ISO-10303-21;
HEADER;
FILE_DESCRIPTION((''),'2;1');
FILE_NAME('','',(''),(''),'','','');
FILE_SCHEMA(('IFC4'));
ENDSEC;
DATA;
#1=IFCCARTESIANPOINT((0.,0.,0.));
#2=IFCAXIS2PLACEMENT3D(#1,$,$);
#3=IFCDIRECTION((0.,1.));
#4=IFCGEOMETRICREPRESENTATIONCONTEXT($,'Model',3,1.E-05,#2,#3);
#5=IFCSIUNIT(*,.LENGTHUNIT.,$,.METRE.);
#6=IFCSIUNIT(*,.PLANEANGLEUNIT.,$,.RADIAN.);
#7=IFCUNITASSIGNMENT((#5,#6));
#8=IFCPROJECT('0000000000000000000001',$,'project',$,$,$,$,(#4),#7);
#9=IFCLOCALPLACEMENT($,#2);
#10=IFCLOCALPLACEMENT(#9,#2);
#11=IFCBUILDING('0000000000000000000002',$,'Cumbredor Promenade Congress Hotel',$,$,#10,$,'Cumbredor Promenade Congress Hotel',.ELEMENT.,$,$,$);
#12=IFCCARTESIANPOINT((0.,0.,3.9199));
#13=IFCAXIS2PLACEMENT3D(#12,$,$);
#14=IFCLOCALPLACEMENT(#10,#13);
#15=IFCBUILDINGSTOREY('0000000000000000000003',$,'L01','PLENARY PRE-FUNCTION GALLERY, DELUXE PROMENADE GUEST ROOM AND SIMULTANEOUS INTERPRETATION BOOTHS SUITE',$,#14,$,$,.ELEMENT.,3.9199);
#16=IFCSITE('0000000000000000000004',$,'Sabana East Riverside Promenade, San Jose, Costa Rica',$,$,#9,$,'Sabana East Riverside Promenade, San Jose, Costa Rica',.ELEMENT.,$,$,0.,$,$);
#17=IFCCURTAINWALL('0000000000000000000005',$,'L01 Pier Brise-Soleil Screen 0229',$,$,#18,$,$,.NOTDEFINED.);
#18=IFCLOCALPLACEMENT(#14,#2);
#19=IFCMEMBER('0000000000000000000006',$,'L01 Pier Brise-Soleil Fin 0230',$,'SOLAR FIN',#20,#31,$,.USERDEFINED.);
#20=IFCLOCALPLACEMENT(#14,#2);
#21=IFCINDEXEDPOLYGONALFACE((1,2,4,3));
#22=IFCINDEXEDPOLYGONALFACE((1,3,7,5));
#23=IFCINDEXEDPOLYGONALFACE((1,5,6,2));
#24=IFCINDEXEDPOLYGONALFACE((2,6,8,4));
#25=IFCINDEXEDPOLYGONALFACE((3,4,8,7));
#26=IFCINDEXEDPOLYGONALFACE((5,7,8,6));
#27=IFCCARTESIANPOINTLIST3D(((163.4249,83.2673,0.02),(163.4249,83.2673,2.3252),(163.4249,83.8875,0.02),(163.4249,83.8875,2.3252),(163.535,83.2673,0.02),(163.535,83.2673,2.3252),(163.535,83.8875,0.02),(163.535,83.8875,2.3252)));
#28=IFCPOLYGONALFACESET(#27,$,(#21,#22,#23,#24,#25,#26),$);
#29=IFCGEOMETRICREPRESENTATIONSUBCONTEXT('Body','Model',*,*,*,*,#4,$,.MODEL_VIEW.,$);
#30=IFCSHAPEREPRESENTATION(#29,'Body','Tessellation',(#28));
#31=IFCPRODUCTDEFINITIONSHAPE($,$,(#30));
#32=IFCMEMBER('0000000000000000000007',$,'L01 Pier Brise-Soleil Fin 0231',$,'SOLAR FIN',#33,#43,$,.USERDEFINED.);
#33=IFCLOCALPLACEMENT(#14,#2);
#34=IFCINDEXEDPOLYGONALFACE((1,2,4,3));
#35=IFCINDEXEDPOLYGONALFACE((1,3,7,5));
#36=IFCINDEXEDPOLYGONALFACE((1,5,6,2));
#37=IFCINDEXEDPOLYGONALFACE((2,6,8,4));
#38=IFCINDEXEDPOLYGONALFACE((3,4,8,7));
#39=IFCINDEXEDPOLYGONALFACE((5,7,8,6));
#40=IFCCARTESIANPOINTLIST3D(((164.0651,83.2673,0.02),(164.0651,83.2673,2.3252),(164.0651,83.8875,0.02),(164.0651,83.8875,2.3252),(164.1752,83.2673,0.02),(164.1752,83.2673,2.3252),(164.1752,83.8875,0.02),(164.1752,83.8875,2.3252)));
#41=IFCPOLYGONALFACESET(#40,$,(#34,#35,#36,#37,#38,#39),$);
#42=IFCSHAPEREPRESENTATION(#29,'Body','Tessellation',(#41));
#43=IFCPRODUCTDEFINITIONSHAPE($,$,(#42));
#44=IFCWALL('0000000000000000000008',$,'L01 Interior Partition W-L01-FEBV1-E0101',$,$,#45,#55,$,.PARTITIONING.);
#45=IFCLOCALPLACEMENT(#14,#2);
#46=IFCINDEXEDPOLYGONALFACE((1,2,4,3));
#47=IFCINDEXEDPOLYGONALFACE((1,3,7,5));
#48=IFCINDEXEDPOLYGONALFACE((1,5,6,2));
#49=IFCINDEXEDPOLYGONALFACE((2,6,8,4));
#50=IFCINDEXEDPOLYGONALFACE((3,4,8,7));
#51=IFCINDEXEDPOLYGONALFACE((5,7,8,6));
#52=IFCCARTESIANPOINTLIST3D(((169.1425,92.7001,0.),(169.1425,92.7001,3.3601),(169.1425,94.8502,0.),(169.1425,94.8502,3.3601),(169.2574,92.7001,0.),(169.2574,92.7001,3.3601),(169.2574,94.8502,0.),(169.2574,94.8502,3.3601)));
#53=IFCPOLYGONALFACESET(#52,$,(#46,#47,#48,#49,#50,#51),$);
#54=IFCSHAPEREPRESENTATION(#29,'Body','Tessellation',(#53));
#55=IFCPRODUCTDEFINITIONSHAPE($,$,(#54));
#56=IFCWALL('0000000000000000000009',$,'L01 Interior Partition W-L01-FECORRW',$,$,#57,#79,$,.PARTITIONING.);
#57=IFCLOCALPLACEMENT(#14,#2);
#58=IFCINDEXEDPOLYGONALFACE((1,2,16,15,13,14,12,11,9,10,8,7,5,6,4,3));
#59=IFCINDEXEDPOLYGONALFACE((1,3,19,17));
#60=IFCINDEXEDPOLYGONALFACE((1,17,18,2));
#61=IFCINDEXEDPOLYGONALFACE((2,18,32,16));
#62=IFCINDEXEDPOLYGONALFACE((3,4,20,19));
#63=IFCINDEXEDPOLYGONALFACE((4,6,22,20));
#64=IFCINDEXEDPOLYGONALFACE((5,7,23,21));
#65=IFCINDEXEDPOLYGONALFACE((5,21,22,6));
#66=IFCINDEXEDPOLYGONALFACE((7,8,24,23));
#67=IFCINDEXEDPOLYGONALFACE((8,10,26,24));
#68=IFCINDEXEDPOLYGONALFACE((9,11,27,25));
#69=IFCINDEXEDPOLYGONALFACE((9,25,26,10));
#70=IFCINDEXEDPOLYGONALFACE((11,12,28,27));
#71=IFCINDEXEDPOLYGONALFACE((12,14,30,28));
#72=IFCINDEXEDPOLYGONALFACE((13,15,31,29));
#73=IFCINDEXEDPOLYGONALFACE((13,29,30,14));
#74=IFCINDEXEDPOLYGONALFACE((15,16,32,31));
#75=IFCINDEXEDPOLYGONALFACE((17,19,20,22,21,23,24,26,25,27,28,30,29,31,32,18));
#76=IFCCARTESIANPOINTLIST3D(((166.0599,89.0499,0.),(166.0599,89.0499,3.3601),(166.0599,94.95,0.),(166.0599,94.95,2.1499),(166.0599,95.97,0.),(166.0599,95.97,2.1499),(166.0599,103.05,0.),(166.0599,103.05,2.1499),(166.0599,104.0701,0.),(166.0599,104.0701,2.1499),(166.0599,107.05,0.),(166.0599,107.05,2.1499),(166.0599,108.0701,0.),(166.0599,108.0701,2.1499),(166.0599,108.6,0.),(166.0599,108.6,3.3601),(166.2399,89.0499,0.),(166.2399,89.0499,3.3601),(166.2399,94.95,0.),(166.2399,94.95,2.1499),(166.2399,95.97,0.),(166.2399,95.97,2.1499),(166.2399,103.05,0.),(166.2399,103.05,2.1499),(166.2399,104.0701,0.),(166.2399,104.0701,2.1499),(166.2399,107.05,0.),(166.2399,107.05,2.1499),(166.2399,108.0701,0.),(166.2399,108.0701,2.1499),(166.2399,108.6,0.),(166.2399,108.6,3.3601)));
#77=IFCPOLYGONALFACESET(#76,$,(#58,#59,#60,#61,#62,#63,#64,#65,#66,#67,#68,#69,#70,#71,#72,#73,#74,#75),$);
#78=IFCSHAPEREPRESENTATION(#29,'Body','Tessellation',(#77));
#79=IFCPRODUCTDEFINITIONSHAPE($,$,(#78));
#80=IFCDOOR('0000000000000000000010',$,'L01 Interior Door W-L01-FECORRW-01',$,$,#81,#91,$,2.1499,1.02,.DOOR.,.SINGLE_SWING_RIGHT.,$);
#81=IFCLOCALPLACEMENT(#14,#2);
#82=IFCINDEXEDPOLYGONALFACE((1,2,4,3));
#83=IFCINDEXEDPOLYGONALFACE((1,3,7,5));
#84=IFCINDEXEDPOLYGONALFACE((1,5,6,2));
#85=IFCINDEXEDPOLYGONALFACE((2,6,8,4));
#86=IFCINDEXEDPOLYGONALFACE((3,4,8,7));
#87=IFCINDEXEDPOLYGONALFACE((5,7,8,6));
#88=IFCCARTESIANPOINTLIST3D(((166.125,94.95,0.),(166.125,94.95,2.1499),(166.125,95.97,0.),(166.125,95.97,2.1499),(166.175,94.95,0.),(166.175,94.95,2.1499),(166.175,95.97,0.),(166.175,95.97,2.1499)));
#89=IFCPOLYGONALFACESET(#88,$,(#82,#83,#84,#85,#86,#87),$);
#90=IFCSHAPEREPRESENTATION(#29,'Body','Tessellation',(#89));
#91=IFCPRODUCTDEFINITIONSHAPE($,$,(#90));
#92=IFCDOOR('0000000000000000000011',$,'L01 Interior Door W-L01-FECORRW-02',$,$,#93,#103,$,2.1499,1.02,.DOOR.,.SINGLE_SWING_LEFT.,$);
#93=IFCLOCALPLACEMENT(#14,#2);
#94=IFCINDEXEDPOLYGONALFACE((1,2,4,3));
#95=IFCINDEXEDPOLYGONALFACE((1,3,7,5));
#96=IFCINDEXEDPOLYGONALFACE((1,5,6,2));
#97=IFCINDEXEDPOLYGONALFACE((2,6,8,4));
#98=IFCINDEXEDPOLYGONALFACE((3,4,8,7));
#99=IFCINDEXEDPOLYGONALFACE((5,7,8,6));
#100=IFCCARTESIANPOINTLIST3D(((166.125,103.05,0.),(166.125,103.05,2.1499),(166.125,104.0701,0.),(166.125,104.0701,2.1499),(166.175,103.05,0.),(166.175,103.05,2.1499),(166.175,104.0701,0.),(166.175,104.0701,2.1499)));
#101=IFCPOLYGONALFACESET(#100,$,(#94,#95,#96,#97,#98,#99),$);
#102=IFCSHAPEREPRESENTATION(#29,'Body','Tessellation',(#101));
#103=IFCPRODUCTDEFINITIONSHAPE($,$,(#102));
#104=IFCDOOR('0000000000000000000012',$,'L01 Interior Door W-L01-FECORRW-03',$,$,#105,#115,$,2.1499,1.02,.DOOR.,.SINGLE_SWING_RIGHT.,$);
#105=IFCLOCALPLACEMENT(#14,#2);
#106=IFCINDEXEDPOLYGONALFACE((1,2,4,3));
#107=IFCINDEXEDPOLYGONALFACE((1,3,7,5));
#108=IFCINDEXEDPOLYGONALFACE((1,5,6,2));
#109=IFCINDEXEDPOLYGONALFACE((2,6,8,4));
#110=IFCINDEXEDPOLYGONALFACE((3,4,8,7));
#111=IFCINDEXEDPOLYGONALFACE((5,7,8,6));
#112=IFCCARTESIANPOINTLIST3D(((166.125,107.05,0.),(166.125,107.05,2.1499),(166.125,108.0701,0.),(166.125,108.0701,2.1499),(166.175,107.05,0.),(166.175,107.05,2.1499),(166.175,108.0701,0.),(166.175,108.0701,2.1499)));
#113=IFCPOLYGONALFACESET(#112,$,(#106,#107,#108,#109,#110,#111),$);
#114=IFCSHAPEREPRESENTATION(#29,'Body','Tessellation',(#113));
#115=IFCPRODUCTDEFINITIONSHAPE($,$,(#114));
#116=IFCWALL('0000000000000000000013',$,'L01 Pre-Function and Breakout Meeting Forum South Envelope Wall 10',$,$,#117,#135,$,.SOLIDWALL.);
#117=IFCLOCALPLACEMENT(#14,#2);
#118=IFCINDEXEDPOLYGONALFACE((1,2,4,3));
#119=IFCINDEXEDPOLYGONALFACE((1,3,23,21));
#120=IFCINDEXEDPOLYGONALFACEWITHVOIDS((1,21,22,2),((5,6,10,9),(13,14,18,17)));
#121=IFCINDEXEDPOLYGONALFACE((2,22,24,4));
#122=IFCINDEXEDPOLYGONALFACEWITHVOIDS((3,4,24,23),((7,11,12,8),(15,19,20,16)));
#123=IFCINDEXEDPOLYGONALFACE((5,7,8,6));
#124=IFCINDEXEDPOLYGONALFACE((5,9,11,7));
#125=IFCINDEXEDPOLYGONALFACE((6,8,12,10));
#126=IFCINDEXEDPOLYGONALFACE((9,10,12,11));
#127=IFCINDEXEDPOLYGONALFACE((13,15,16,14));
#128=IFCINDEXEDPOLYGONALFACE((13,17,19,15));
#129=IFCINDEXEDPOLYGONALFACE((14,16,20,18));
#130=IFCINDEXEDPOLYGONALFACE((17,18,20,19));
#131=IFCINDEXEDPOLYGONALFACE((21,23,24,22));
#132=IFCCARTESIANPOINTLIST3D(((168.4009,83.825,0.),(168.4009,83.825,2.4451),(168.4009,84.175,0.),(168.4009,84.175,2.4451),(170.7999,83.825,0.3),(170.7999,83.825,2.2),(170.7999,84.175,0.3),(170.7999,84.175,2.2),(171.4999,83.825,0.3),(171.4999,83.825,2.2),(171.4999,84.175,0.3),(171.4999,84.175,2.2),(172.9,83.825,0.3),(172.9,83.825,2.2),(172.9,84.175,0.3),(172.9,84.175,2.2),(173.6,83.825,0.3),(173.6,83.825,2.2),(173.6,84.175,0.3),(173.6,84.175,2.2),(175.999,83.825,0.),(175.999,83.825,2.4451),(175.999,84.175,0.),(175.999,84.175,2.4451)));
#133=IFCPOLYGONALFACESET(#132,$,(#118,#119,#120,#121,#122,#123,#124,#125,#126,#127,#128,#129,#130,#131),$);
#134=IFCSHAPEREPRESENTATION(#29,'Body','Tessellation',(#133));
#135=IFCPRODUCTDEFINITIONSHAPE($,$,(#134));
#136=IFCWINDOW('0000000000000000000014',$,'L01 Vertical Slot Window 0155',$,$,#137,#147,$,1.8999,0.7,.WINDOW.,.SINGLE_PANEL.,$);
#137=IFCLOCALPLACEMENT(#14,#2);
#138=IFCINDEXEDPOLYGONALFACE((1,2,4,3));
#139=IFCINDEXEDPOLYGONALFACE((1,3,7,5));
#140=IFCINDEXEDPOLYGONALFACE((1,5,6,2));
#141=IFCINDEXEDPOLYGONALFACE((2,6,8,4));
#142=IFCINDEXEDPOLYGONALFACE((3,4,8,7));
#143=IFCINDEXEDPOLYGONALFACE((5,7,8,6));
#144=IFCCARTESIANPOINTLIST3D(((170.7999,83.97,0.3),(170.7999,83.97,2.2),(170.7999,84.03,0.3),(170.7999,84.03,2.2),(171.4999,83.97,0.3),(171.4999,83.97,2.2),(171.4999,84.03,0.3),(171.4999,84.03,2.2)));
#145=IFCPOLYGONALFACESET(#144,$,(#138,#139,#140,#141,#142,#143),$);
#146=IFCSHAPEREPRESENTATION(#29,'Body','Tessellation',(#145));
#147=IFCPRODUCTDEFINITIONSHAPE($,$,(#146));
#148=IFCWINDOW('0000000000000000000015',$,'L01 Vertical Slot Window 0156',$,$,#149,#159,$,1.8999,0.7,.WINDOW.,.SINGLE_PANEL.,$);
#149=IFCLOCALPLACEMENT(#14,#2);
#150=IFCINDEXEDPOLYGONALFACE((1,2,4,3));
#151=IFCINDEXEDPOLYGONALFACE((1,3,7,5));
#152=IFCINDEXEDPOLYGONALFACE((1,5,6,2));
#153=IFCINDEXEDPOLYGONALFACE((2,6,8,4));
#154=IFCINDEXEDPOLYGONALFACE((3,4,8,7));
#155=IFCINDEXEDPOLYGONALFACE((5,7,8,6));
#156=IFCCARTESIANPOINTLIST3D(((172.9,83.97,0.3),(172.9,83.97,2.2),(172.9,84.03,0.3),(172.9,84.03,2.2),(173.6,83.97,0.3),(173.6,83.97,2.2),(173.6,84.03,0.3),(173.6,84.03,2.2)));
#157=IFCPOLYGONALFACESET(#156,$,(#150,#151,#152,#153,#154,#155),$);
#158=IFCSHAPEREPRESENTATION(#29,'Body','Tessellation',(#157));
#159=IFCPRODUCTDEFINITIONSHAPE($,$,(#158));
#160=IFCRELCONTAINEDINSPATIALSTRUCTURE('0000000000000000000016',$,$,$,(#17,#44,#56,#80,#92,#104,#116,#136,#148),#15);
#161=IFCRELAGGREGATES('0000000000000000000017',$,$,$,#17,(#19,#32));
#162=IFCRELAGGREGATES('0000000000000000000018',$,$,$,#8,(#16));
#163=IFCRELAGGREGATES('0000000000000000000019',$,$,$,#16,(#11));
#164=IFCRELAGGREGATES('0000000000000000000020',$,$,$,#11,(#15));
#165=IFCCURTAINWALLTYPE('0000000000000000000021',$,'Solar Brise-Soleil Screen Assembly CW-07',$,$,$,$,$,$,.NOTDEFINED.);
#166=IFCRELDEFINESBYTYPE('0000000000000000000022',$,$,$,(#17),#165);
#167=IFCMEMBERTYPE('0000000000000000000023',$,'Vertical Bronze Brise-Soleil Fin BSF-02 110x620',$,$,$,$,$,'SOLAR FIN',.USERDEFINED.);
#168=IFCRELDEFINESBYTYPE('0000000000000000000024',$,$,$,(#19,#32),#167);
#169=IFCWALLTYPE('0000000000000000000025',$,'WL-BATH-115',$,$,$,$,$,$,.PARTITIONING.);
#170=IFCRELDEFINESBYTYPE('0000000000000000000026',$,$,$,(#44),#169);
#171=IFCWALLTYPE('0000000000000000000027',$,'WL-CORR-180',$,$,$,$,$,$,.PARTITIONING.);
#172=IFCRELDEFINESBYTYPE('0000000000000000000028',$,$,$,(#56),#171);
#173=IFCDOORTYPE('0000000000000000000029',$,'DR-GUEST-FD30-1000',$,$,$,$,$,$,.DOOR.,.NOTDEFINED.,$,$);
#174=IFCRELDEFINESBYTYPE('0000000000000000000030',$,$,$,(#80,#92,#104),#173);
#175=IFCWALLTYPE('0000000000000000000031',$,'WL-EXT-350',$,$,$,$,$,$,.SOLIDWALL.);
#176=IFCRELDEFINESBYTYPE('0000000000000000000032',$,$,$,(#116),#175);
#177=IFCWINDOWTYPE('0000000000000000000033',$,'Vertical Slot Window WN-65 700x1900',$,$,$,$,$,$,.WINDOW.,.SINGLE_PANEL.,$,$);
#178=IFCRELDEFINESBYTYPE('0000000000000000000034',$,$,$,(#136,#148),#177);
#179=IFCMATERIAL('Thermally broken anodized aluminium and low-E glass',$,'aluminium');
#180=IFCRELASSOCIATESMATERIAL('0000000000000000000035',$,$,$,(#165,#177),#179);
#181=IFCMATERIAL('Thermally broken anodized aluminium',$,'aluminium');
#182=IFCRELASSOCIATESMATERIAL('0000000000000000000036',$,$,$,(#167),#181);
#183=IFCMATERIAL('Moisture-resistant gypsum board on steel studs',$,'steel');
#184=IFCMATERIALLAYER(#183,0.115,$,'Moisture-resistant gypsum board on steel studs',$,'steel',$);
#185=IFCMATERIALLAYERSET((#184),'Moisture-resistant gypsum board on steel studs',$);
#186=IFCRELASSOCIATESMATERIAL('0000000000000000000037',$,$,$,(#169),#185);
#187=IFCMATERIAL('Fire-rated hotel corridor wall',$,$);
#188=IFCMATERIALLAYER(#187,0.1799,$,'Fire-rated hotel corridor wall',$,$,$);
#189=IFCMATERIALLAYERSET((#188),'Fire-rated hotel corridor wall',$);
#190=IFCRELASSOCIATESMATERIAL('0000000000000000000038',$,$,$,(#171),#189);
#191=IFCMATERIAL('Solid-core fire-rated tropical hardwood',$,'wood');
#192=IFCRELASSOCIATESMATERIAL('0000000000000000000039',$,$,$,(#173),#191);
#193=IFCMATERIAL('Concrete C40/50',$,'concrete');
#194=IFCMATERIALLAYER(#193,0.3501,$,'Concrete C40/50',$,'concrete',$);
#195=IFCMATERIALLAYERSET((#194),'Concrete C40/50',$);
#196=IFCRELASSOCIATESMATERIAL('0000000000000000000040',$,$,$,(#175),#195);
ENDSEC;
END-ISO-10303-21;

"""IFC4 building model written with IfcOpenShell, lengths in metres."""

from ifc_helpers import new_model, si_unit, direction, frame, frame_2d, origin, origin_2d, place, context, subcontext, project, spatial, rectangle, extrude, material, layer, layer_set, material_profile, profile_set, type_object, element, fill, aggregate, save


model = new_model("IFC4")

# Units and contexts
model_context = context("Model", 3, precision=1e-05, world=origin(), true_north=direction((0.0, 1.0)))
body_context = subcontext(model_context, "Body", "Model", "MODEL_VIEW")
ifc_project = project(units=[si_unit("LENGTHUNIT", "METRE"), si_unit("PLANEANGLEUNIT", "RADIAN")], contexts=[model_context])

# Site, building, storey
site_placement = place(None, origin())
site = spatial("IfcSite", under=ifc_project, at=site_placement, Name="Sabana East Riverside Promenade, San Jose, Costa Rica", LongName="Sabana East Riverside Promenade, San Jose, Costa Rica", CompositionType="ELEMENT", RefElevation=0.0)
building_placement = place(site_placement, origin())
building = spatial("IfcBuilding", under=site, at=building_placement, Name="Cumbredor Promenade Congress Hotel", LongName="Cumbredor Promenade Congress Hotel", CompositionType="ELEMENT")
storey_placement = place(building_placement, frame((0.0, 0.0, 3.9199)))
storey = spatial("IfcBuildingStorey", under=building, at=storey_placement, Name="L01", Description="PLENARY PRE-FUNCTION GALLERY, DELUXE PROMENADE GUEST ROOM AND SIMULTANEOUS INTERPRETATION BOOTHS SUITE", CompositionType="ELEMENT", Elevation=3.9199)

# Shared definitions
ifc_material_1 = material(Name="Concrete C40/50", Category="concrete")

# Curtain wall
ifc_material_2 = material(Name="Thermally broken anodized aluminium and low-E glass", Category="aluminium")
curtain_wall_type = type_object("IfcCurtainWallType", Name="Solar Brise-Soleil Screen Assembly CW-07", PredefinedType="NOTDEFINED", material=ifc_material_2)
curtain_wall_placement = place(storey_placement, origin())
curtain_wall = element("IfcCurtainWall", 1, at=curtain_wall_placement, inside=storey, type_object=curtain_wall_type, Name="L01 Pier Brise-Soleil Screen 0229", PredefinedType="NOTDEFINED")
ifc_material_3 = material(Name="Thermally broken anodized aluminium", Category="aluminium")

# Members
ifc_material_profile_1 = material_profile(ifc_material_3, rectangle(XDim=0.1101, YDim=0.6201, at=origin_2d()), Name="ARCH FIN 110x620")
ifc_profile_set_1 = profile_set([ifc_material_profile_1], Name="Thermally broken anodized aluminium")
member_type_1 = type_object("IfcMemberType", Name="Vertical Bronze Brise-Soleil Fin BSF-02 110x620", ElementType="SOLAR FIN", PredefinedType="USERDEFINED", material=ifc_profile_set_1)
member_1_placement = place(storey_placement, frame((163.48, 83.5774, 0.02), z_axis=(0.0, 0.0, 1.0), x_axis=(1.0, 0.0, 0.0)))
member_1 = element("IfcMember", 2, at=member_1_placement, type_object=member_type_1, Name="L01 Pier Brise-Soleil Fin 0230", ObjectType="SOLAR FIN", PredefinedType="USERDEFINED", context=body_context, shape_type="SweptSolid", body=[
    extrude(rectangle(XDim=0.1101, YDim=0.6201, at=origin_2d()), origin(), (0.0, 0.0, 1.0), 2.3052),
])
member_2_placement = place(storey_placement, frame((164.1201, 83.5774, 0.02), z_axis=(0.0, 0.0, 1.0), x_axis=(1.0, 0.0, 0.0)))
member_2 = element("IfcMember", 3, at=member_2_placement, type_object=member_type_1, Name="L01 Pier Brise-Soleil Fin 0231", ObjectType="SOLAR FIN", PredefinedType="USERDEFINED", context=body_context, shape_type="SweptSolid", body=[
    extrude(rectangle(XDim=0.1101, YDim=0.6201, at=origin_2d()), origin(), (0.0, 0.0, 1.0), 2.3052),
])
aggregate(curtain_wall, [member_1, member_2])

# Wall
ifc_material_4 = material(Name="Moisture-resistant gypsum board on steel studs", Category="steel")
ifc_layer_1 = layer(ifc_material_4, 0.115, Name="Moisture-resistant gypsum board on steel studs", Category="steel")
ifc_layer_set_1 = layer_set([ifc_layer_1], Name="Moisture-resistant gypsum board on steel studs")
wall_type_1 = type_object("IfcWallType", Name="WL-BATH-115", PredefinedType="PARTITIONING", material=ifc_layer_set_1)
wall_1_placement = place(storey_placement, frame((169.2, 92.7, 0.0), z_axis=(0.0, 0.0, 1.0), x_axis=(0.0, 1.0, 0.0)))
element("IfcWall", 4, at=wall_1_placement, inside=storey, type_object=wall_type_1, Name="L01 Interior Partition W-L01-FEBV1-E0101", PredefinedType="PARTITIONING", context=body_context, shape_type="SweptSolid", body=[
    extrude(rectangle(XDim=2.1501, YDim=0.115, at=frame_2d((1.0752, 0.0))), origin(), (0.0, 0.0, 1.0), 3.3601),
])

# Wall, openings, doors
ifc_material_5 = material(Name="Fire-rated hotel corridor wall")
ifc_layer_2 = layer(ifc_material_5, 0.1799, Name="Fire-rated hotel corridor wall")
ifc_layer_set_2 = layer_set([ifc_layer_2], Name="Fire-rated hotel corridor wall")
wall_type_2 = type_object("IfcWallType", Name="WL-CORR-180", PredefinedType="PARTITIONING", material=ifc_layer_set_2)
wall_2_placement = place(storey_placement, frame((166.1499, 89.05, 0.0), z_axis=(0.0, 0.0, 1.0), x_axis=(0.0, 1.0, 0.0)))
wall_2 = element("IfcWall", 5, at=wall_2_placement, inside=storey, type_object=wall_type_2, Name="L01 Interior Partition W-L01-FECORRW", PredefinedType="PARTITIONING", context=body_context, shape_type="SweptSolid", body=[
    extrude(rectangle(XDim=19.55, YDim=0.1799, at=frame_2d((9.7749, 0.0))), origin(), (0.0, 0.0, 1.0), 3.3601),
])
opening_1_placement = place(wall_2_placement, frame((5.8999, 0.0, 0.0)))
opening_1 = element("IfcOpeningElement", 6, at=opening_1_placement, cuts=wall_2, PredefinedType="OPENING", context=body_context, shape_type="SweptSolid", body=[
    extrude(rectangle(XDim=1.02, YDim=2.1499, at=frame_2d((0.51, 1.075))), frame((0.0, 0.1001, 0.0), z_axis=(0.0, -1.0, 0.0), x_axis=(1.0, 0.0, 0.0)), (0.0, 0.0, 1.0), 0.2),
])
opening_2_placement = place(wall_2_placement, frame((14.0, 0.0, 0.0)))
opening_2 = element("IfcOpeningElement", 7, at=opening_2_placement, cuts=wall_2, PredefinedType="OPENING", context=body_context, shape_type="SweptSolid", body=[
    extrude(rectangle(XDim=1.02, YDim=2.1499, at=frame_2d((0.51, 1.075))), frame((0.0, 0.1001, 0.0), z_axis=(0.0, -1.0, 0.0), x_axis=(1.0, 0.0, 0.0)), (0.0, 0.0, 1.0), 0.2),
])
opening_3_placement = place(wall_2_placement, frame((18.0, 0.0, 0.0)))
opening_3 = element("IfcOpeningElement", 8, at=opening_3_placement, cuts=wall_2, PredefinedType="OPENING", context=body_context, shape_type="SweptSolid", body=[
    extrude(rectangle(XDim=1.02, YDim=2.1499, at=frame_2d((0.51, 1.075))), frame((0.0, 0.1001, 0.0), z_axis=(0.0, -1.0, 0.0), x_axis=(1.0, 0.0, 0.0)), (0.0, 0.0, 1.0), 0.2),
])
ifc_material_6 = material(Name="Solid-core fire-rated tropical hardwood", Category="wood")
door_type_1 = type_object("IfcDoorType", Name="DR-GUEST-FD30-1000", OperationType="NOTDEFINED", PredefinedType="DOOR", material=ifc_material_6)
door_1_placement = place(opening_1_placement, origin())
door_1 = element("IfcDoor", 9, at=door_1_placement, inside=storey, type_object=door_type_1, Name="L01 Interior Door W-L01-FECORRW-01", OperationType="SINGLE_SWING_RIGHT", OverallHeight=2.1499, OverallWidth=1.02, PredefinedType="DOOR", context=body_context, shape_type="SweptSolid", body=[
    extrude(rectangle(XDim=1.02, YDim=2.1499, at=frame_2d((0.51, 1.075))), frame((0.0, 0.0249, 0.0), z_axis=(0.0, -1.0, 0.0), x_axis=(1.0, 0.0, 0.0)), (0.0, 0.0, 1.0), 0.05),
])
fill(opening_1, door_1)
door_2_placement = place(opening_2_placement, origin())
door_2 = element("IfcDoor", 10, at=door_2_placement, inside=storey, type_object=door_type_1, Name="L01 Interior Door W-L01-FECORRW-02", OperationType="SINGLE_SWING_LEFT", OverallHeight=2.1499, OverallWidth=1.02, PredefinedType="DOOR", context=body_context, shape_type="SweptSolid", body=[
    extrude(rectangle(XDim=1.02, YDim=2.1499, at=frame_2d((0.51, 1.075))), frame((0.0, 0.0249, 0.0), z_axis=(0.0, -1.0, 0.0), x_axis=(1.0, 0.0, 0.0)), (0.0, 0.0, 1.0), 0.05),
])
fill(opening_2, door_2)
door_3_placement = place(opening_3_placement, origin())
door_3 = element("IfcDoor", 11, at=door_3_placement, inside=storey, type_object=door_type_1, Name="L01 Interior Door W-L01-FECORRW-03", OperationType="SINGLE_SWING_RIGHT", OverallHeight=2.1499, OverallWidth=1.02, PredefinedType="DOOR", context=body_context, shape_type="SweptSolid", body=[
    extrude(rectangle(XDim=1.02, YDim=2.1499, at=frame_2d((0.51, 1.075))), frame((0.0, 0.0249, 0.0), z_axis=(0.0, -1.0, 0.0), x_axis=(1.0, 0.0, 0.0)), (0.0, 0.0, 1.0), 0.05),
])
fill(opening_3, door_3)

# Wall, openings, windows
ifc_layer_3 = layer(ifc_material_1, 0.3501, Name="Concrete C40/50", Category="concrete")
ifc_layer_set_3 = layer_set([ifc_layer_3], Name="Concrete C40/50")
wall_type_3 = type_object("IfcWallType", Name="WL-EXT-350", PredefinedType="SOLIDWALL", material=ifc_layer_set_3)
wall_3_placement = place(storey_placement, frame((168.4009, 84.0, 0.0), z_axis=(0.0, 0.0, 1.0), x_axis=(1.0, 0.0, 0.0)))
wall_3 = element("IfcWall", 12, at=wall_3_placement, inside=storey, type_object=wall_type_3, Name="L01 Pre-Function and Breakout Meeting Forum South Envelope Wall 10", PredefinedType="SOLIDWALL", context=body_context, shape_type="SweptSolid", body=[
    extrude(rectangle(XDim=7.5981, YDim=0.3501, at=frame_2d((3.7991, 0.0))), origin(), (0.0, 0.0, 1.0), 2.4451),
])
opening_4_placement = place(wall_3_placement, frame((2.3989, 0.0, 0.3)))
opening_4 = element("IfcOpeningElement", 13, at=opening_4_placement, cuts=wall_3, PredefinedType="OPENING", context=body_context, shape_type="SweptSolid", body=[
    extrude(rectangle(XDim=0.7, YDim=1.8999, at=frame_2d((0.3501, 0.95))), frame((0.0, 0.1851, 0.0), z_axis=(0.0, -1.0, 0.0), x_axis=(1.0, 0.0, 0.0)), (0.0, 0.0, 1.0), 0.3701),
])
opening_5_placement = place(wall_3_placement, frame((4.499, 0.0, 0.3)))
opening_5 = element("IfcOpeningElement", 14, at=opening_5_placement, cuts=wall_3, PredefinedType="OPENING", context=body_context, shape_type="SweptSolid", body=[
    extrude(rectangle(XDim=0.7, YDim=1.8999, at=frame_2d((0.3501, 0.95))), frame((0.0, 0.1851, 0.0), z_axis=(0.0, -1.0, 0.0), x_axis=(1.0, 0.0, 0.0)), (0.0, 0.0, 1.0), 0.3701),
])
window_type = type_object("IfcWindowType", Name="Vertical Slot Window WN-65 700x1900", PartitioningType="SINGLE_PANEL", PredefinedType="WINDOW", material=ifc_material_2)
window_1_placement = place(opening_4_placement, origin())
window_1 = element("IfcWindow", 15, at=window_1_placement, inside=storey, type_object=window_type, Name="L01 Vertical Slot Window 0155", OverallHeight=1.8999, OverallWidth=0.7, PartitioningType="SINGLE_PANEL", PredefinedType="WINDOW", context=body_context, shape_type="SweptSolid", body=[
    extrude(rectangle(XDim=0.7, YDim=1.8999, at=frame_2d((0.3501, 0.95))), frame((0.0, 0.03, 0.0), z_axis=(0.0, -1.0, 0.0), x_axis=(1.0, 0.0, 0.0)), (0.0, 0.0, 1.0), 0.0601),
])
fill(opening_4, window_1)
window_2_placement = place(opening_5_placement, origin())
window_2 = element("IfcWindow", 16, at=window_2_placement, inside=storey, type_object=window_type, Name="L01 Vertical Slot Window 0156", OverallHeight=1.8999, OverallWidth=0.7, PartitioningType="SINGLE_PANEL", PredefinedType="WINDOW", context=body_context, shape_type="SweptSolid", body=[
    extrude(rectangle(XDim=0.7, YDim=1.8999, at=frame_2d((0.3501, 0.95))), frame((0.0, 0.03, 0.0), z_axis=(0.0, -1.0, 0.0), x_axis=(1.0, 0.0, 0.0)), (0.0, 0.0, 1.0), 0.0601),
])
fill(opening_5, window_2)

save(model, "model.ifc")
